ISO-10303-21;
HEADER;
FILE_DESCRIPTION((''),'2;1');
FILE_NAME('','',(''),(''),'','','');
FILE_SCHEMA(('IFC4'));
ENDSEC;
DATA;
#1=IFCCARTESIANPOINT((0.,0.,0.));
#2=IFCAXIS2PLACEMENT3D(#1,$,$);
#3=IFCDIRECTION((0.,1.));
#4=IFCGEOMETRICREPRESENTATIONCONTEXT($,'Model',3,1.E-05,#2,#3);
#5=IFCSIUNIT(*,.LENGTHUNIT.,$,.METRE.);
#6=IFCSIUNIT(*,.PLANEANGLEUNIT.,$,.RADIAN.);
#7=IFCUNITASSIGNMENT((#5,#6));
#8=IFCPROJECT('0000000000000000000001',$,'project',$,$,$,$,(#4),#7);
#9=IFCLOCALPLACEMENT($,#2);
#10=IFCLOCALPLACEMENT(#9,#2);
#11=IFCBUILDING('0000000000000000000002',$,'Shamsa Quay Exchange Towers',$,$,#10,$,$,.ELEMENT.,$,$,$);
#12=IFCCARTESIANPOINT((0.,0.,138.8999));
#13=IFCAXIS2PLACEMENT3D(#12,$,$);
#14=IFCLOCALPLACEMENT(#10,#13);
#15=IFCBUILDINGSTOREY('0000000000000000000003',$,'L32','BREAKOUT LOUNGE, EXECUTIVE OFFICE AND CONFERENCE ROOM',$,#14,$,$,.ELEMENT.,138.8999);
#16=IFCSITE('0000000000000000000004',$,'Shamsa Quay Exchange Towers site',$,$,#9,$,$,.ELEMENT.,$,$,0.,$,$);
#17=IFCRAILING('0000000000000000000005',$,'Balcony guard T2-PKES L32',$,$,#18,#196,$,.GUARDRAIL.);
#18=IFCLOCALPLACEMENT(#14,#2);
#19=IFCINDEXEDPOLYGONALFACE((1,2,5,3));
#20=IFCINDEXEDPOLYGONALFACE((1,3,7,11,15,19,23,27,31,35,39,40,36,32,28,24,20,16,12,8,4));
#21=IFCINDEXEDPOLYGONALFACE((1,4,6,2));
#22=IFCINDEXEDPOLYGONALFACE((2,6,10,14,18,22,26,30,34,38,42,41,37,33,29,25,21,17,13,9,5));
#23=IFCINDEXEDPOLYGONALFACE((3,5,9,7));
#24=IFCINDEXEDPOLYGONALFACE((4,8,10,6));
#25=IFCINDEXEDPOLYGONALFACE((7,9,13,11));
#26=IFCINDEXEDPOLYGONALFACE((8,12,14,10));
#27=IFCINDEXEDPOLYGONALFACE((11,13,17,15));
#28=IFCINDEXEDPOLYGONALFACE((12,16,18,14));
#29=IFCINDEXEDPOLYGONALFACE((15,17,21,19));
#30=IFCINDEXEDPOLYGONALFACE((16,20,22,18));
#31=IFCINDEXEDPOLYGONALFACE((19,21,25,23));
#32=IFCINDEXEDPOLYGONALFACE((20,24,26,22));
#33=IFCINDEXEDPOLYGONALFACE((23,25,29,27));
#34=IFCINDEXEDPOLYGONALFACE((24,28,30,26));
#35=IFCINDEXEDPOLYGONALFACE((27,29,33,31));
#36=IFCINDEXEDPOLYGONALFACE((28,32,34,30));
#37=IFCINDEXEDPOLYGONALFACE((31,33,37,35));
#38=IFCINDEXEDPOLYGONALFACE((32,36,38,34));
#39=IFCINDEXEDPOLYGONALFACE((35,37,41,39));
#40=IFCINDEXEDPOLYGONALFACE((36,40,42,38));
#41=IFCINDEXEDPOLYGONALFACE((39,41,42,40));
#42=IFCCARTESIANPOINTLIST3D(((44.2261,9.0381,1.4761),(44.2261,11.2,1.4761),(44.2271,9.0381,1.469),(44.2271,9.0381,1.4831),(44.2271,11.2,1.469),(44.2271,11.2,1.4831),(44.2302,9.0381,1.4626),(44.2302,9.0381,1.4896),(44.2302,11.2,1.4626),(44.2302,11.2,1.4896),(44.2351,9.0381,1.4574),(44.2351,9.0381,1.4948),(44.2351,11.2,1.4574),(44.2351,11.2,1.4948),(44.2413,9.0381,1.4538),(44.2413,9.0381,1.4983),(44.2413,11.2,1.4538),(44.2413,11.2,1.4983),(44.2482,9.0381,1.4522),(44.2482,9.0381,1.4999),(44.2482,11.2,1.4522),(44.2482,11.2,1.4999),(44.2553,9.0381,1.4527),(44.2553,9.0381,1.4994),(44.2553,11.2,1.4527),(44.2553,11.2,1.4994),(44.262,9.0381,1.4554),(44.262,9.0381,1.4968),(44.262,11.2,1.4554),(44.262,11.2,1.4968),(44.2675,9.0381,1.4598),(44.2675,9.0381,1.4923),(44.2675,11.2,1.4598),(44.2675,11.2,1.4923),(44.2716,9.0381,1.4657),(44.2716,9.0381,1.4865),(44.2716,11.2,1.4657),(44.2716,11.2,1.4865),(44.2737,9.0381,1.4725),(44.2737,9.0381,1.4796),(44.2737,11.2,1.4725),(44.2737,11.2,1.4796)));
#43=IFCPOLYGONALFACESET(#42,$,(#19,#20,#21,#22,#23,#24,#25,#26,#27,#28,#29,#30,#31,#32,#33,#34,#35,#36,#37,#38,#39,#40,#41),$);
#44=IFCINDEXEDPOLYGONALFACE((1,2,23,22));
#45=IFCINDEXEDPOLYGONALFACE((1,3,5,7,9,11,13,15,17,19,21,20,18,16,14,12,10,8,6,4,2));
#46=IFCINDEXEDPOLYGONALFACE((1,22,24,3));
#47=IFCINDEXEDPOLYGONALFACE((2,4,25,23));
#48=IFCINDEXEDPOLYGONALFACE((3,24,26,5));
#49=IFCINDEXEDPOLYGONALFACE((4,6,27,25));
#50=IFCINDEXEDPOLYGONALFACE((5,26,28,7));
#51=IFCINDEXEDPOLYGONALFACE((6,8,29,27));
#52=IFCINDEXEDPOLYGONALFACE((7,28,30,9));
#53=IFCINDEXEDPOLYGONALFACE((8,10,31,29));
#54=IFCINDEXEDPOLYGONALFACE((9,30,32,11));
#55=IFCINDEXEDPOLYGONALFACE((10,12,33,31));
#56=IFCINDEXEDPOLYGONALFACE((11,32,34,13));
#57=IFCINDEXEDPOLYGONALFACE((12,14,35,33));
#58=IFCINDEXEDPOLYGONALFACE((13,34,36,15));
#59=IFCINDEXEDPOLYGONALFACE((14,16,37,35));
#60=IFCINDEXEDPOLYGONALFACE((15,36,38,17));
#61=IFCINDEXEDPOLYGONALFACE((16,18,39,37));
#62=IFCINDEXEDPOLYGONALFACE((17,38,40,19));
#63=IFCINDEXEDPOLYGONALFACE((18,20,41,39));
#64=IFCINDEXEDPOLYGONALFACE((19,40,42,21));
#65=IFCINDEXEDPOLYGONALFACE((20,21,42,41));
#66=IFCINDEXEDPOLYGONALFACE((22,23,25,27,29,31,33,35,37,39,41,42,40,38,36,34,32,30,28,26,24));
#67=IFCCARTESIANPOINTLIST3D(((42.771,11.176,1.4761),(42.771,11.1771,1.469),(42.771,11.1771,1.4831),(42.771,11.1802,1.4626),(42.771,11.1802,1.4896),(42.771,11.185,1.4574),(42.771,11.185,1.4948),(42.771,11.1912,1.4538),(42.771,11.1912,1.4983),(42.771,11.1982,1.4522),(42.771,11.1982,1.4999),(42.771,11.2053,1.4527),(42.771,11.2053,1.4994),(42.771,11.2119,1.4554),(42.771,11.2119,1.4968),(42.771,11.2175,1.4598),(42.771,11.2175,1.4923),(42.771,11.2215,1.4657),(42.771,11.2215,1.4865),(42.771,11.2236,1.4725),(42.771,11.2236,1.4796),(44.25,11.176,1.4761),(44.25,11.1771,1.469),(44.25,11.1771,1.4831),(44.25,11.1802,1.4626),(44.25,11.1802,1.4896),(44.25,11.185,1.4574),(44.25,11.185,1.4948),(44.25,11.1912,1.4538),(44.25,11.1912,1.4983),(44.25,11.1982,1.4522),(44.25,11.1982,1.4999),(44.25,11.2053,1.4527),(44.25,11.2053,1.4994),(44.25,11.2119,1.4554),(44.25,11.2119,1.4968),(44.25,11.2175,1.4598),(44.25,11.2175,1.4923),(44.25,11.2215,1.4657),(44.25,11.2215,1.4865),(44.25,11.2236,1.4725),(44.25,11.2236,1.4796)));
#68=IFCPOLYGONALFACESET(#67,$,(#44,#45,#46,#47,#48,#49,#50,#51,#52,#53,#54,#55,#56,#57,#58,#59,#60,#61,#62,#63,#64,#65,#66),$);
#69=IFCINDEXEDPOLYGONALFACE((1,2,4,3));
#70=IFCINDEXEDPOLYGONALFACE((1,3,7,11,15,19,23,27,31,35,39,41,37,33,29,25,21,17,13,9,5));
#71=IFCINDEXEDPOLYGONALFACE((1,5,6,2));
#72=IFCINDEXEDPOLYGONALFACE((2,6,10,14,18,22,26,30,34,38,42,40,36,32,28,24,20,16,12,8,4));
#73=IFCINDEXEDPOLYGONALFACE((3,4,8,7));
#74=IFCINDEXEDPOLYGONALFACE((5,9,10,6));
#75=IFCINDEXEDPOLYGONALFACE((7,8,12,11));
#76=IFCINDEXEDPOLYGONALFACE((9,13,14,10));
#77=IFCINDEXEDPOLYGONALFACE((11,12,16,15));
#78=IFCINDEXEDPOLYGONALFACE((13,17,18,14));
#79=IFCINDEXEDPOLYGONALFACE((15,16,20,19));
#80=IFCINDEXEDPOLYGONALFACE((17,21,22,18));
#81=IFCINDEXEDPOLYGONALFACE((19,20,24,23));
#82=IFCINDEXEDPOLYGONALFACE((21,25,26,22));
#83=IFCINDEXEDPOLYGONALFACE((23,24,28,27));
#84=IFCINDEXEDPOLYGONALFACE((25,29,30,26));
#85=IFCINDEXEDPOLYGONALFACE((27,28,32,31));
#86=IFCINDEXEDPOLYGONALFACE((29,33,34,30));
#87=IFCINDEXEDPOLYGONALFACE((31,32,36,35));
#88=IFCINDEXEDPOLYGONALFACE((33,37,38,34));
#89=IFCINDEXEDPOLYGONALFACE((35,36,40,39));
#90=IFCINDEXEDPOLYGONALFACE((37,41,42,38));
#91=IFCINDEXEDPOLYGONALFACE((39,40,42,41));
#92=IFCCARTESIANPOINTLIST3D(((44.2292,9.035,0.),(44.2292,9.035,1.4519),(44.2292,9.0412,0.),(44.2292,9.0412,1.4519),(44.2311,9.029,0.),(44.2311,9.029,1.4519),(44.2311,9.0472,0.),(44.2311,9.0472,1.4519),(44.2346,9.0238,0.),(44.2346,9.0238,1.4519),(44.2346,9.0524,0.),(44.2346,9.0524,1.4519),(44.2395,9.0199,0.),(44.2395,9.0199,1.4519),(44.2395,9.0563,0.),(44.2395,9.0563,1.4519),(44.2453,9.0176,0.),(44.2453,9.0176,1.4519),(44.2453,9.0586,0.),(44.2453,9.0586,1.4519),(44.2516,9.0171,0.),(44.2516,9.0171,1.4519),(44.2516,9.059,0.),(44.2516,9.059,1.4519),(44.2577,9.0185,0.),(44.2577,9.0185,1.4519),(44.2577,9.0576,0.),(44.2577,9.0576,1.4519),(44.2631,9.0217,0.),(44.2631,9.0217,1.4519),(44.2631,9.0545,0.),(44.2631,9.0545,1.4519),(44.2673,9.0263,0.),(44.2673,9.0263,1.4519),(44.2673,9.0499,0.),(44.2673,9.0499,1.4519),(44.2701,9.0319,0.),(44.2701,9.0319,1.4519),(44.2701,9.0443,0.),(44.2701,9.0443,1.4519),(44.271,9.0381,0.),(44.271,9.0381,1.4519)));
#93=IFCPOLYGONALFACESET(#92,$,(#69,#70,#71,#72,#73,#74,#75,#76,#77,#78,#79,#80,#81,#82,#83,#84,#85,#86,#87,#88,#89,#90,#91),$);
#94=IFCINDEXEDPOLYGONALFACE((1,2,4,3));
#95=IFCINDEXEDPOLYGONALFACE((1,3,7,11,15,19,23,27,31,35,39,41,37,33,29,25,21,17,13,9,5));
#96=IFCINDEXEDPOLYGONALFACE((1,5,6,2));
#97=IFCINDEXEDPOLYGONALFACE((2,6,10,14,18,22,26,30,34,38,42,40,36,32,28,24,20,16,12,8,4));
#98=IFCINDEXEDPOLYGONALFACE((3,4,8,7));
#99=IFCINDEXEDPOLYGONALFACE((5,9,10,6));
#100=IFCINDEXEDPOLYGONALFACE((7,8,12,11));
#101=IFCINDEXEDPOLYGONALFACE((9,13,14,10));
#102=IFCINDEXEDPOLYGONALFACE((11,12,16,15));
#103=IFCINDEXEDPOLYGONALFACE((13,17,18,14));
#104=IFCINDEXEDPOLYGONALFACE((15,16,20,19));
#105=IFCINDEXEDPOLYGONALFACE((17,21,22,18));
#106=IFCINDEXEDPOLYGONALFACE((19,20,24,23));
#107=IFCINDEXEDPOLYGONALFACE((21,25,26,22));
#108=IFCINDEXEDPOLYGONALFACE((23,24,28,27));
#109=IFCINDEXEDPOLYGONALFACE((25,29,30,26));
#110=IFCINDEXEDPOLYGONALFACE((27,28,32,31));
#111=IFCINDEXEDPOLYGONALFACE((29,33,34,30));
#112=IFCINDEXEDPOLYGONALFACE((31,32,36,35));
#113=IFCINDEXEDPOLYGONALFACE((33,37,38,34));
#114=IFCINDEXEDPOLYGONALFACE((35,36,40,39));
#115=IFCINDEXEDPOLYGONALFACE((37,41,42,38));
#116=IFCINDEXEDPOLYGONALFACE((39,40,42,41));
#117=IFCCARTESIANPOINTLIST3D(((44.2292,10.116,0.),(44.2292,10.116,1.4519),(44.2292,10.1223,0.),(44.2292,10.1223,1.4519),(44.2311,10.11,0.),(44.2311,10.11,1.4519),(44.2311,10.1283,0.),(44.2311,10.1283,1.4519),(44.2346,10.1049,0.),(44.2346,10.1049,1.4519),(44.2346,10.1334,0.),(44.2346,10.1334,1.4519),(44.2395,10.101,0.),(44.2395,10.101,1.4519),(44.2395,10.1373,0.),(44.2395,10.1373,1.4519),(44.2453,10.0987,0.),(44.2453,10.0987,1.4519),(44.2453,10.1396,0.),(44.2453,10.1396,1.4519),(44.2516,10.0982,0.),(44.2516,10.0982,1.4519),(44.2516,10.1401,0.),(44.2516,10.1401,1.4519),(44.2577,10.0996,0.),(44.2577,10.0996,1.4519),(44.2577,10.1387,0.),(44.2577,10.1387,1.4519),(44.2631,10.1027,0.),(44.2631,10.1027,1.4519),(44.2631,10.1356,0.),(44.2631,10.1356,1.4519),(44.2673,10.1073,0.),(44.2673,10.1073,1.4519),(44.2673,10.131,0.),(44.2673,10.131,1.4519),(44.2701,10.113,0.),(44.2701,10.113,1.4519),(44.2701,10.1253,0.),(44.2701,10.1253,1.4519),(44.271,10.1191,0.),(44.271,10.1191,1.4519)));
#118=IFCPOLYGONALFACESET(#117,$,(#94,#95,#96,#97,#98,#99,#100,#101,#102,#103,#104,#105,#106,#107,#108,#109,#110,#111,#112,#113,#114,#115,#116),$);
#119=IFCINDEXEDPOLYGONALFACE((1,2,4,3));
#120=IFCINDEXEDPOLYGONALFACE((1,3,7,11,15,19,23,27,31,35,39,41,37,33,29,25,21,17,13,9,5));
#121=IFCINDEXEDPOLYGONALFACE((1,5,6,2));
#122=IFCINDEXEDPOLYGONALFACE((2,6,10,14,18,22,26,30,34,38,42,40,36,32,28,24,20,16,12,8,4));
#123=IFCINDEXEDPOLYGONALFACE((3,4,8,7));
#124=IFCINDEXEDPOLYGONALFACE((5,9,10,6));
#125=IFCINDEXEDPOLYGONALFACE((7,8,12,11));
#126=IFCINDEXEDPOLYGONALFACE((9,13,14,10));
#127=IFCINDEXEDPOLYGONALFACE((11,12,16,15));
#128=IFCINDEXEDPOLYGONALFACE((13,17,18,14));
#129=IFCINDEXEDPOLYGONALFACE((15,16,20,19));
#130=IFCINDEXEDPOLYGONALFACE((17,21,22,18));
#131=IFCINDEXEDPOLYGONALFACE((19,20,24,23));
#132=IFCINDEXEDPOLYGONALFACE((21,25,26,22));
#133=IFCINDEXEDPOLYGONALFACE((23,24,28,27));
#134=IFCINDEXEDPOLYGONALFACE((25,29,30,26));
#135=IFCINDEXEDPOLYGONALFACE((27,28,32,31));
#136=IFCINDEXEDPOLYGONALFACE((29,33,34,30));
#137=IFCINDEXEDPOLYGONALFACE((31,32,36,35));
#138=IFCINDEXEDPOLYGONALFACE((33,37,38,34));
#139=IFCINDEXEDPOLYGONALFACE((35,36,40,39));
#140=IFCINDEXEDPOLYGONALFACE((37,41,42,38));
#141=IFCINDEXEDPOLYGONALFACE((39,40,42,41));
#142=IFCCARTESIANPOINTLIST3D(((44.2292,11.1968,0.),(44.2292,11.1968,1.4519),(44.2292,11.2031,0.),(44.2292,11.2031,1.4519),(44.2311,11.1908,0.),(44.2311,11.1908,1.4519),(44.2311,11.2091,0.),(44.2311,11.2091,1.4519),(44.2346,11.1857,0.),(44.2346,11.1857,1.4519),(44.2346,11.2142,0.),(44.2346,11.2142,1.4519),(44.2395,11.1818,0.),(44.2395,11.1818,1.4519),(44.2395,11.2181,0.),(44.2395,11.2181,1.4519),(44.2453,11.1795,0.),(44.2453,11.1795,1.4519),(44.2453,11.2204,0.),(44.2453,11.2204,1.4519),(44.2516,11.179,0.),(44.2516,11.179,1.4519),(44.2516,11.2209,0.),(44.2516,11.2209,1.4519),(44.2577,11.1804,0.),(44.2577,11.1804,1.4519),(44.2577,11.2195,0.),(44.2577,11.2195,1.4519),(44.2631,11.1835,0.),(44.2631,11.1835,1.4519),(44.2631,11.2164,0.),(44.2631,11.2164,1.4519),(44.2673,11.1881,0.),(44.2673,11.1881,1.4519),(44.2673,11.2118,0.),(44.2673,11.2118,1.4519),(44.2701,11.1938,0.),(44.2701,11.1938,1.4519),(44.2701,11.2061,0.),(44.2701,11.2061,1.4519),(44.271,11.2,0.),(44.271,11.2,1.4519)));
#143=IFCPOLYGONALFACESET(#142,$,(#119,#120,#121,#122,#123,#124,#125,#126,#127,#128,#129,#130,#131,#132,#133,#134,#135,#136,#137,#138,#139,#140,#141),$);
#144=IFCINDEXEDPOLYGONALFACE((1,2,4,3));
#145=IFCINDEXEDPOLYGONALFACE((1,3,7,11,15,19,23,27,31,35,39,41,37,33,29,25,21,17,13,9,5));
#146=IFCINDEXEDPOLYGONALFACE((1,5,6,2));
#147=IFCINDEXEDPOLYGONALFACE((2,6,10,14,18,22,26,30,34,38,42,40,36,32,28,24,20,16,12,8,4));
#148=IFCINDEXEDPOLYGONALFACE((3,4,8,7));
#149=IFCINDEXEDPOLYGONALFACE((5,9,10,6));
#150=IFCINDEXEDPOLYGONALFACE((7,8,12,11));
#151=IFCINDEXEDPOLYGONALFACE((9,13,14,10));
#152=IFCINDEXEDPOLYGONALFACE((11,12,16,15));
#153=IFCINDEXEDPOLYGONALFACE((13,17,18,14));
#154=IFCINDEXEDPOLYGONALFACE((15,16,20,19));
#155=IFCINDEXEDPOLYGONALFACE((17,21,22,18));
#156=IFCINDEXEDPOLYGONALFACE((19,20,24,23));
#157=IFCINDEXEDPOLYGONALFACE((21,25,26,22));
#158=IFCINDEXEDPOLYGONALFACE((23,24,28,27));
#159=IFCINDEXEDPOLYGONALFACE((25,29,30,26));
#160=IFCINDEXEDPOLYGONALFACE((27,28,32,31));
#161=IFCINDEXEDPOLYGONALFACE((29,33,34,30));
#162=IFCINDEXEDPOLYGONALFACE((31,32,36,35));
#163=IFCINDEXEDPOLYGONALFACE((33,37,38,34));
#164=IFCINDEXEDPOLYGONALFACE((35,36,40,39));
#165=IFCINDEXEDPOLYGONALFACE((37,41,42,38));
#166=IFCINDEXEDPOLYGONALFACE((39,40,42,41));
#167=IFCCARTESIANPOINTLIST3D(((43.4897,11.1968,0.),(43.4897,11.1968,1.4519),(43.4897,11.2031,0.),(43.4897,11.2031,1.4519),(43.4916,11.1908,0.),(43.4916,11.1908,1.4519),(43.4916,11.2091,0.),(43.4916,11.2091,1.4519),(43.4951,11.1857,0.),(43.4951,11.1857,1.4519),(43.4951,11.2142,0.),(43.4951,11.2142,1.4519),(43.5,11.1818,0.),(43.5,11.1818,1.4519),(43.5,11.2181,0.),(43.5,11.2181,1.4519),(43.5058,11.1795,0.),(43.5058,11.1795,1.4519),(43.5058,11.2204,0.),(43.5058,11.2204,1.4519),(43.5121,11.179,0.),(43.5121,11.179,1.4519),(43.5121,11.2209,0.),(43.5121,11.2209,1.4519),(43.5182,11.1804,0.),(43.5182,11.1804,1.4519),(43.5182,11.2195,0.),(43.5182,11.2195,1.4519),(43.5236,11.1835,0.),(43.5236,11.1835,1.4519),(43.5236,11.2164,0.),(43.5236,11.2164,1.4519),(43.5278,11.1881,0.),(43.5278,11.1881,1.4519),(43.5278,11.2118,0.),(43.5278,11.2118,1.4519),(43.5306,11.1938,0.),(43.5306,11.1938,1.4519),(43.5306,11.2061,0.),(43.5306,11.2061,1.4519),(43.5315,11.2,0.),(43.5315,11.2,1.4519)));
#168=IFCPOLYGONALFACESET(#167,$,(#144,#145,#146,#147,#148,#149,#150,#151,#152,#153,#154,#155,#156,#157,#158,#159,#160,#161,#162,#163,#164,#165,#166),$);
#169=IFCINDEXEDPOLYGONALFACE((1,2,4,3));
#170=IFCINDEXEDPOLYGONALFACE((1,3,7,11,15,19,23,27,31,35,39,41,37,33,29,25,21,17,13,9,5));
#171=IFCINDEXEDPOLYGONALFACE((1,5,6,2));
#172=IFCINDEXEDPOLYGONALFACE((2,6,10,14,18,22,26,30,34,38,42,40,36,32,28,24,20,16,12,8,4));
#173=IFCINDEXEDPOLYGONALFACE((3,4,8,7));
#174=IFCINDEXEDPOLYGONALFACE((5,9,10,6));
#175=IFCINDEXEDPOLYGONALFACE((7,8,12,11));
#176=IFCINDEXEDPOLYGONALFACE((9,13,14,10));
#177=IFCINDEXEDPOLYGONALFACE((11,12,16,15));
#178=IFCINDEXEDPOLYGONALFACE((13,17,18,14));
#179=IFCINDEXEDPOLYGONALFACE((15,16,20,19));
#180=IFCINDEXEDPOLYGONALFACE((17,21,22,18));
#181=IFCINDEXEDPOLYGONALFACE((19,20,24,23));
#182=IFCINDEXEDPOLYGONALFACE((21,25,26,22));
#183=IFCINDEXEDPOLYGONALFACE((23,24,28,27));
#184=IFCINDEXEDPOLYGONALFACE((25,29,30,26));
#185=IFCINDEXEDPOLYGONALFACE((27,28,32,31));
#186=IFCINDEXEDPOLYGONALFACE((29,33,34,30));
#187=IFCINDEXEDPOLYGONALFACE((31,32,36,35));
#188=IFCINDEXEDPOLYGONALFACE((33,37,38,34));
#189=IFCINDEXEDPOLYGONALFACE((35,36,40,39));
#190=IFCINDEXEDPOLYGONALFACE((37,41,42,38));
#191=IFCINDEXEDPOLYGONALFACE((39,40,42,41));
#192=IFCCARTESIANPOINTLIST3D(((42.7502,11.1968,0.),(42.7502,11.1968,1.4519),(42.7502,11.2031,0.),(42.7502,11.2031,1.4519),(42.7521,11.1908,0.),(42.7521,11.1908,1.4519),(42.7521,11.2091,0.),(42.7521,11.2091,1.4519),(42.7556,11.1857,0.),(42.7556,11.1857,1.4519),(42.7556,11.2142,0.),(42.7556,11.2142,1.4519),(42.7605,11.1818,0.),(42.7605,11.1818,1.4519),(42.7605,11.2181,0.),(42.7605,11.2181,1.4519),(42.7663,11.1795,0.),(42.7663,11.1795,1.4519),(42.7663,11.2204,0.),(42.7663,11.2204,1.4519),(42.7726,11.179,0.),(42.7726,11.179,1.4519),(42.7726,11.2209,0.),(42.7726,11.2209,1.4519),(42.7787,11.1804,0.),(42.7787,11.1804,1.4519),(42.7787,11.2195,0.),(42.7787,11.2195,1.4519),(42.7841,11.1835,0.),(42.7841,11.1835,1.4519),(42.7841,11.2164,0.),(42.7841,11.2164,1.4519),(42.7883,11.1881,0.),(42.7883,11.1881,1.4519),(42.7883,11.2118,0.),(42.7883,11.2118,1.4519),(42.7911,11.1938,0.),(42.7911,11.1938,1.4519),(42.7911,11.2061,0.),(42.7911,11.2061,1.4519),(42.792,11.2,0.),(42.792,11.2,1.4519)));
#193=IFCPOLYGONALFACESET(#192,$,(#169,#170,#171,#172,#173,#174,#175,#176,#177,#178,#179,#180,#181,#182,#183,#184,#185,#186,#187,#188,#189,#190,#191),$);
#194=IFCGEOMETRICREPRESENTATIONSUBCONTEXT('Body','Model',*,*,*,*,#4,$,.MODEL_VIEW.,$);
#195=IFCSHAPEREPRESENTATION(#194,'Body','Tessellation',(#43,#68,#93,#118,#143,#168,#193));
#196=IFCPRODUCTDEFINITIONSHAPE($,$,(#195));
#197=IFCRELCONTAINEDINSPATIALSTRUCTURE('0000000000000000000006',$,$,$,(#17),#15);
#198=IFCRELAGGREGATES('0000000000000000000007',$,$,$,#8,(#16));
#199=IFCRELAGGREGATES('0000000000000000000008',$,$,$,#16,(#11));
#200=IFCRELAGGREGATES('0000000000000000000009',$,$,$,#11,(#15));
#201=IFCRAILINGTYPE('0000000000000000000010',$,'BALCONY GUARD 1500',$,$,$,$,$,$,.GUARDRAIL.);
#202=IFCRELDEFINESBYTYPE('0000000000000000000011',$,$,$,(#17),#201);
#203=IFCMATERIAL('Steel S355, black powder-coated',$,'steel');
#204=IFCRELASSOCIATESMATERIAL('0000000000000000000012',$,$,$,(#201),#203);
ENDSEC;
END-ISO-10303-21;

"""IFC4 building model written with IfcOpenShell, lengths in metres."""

from ifc_helpers import new_model, si_unit, direction, frame, origin, origin_2d, place, context, subcontext, project, spatial, circle, extrude, material, type_object, element, save


model = new_model("IFC4")

# Units and contexts
model_context = context("Model", 3, precision=1e-05, world=origin(), true_north=direction((0.0, 1.0)))
body_context = subcontext(model_context, "Body", "Model", "MODEL_VIEW")
ifc_project = project(units=[si_unit("LENGTHUNIT", "METRE"), si_unit("PLANEANGLEUNIT", "RADIAN")], contexts=[model_context])

# Site, building, storey
site_placement = place(None, origin())
site = spatial("IfcSite", under=ifc_project, at=site_placement, Name="Shamsa Quay Exchange Towers site", CompositionType="ELEMENT", RefElevation=0.0)
building_placement = place(site_placement, origin())
building = spatial("IfcBuilding", under=site, at=building_placement, Name="Shamsa Quay Exchange Towers", CompositionType="ELEMENT")
storey_placement = place(building_placement, frame((0.0, 0.0, 138.8999)))
storey = spatial("IfcBuildingStorey", under=building, at=storey_placement, Name="L32", Description="BREAKOUT LOUNGE, EXECUTIVE OFFICE AND CONFERENCE ROOM", CompositionType="ELEMENT", Elevation=138.8999)

# Railing
ifc_material_1 = material(Name="Steel S355, black powder-coated", Category="steel")
railing_type_1 = type_object("IfcRailingType", Name="BALCONY GUARD 1500", PredefinedType="GUARDRAIL", material=ifc_material_1)
for number, where, name in (
    (1, (44.25, 9.0381, 0.0), "Balcony guard T2-PKES L32"),
):
    element("IfcRailing", number, at=place(storey_placement, frame(where)), inside=storey, type_object=railing_type_1, Name=name, PredefinedType="GUARDRAIL", context=body_context, shape_type="SweptSolid", body=[
        extrude(circle(Radius=0.0239, at=origin_2d()), frame((0.0, 0.0, 1.4761), z_axis=(0.0, 1.0, 0.0), x_axis=(-1.0, 0.0, 0.0)), (0.0, 0.0, 1.0), 2.1619),
        extrude(circle(Radius=0.0239, at=origin_2d()), frame((0.0, 2.1619, 1.4761), z_axis=(-1.0, 0.0, 0.0), x_axis=(0.0, -1.0, 0.0)), (0.0, 0.0, 1.0), 1.479),
        extrude(circle(Radius=0.021, at=origin_2d()), origin(), (0.0, 0.0, 1.0), 1.4519),
        extrude(circle(Radius=0.021, at=origin_2d()), frame((0.0, 1.0811, 0.0)), (0.0, 0.0, 1.0), 1.4519),
        extrude(circle(Radius=0.021, at=origin_2d()), frame((0.0, 2.1619, 0.0)), (0.0, 0.0, 1.0), 1.4519),
        extrude(circle(Radius=0.021, at=origin_2d()), frame((-0.7395, 2.1619, 0.0)), (0.0, 0.0, 1.0), 1.4519),
        extrude(circle(Radius=0.021, at=origin_2d()), frame((-1.479, 2.1619, 0.0)), (0.0, 0.0, 1.0), 1.4519),
    ])

save(model, "model.ifc")
